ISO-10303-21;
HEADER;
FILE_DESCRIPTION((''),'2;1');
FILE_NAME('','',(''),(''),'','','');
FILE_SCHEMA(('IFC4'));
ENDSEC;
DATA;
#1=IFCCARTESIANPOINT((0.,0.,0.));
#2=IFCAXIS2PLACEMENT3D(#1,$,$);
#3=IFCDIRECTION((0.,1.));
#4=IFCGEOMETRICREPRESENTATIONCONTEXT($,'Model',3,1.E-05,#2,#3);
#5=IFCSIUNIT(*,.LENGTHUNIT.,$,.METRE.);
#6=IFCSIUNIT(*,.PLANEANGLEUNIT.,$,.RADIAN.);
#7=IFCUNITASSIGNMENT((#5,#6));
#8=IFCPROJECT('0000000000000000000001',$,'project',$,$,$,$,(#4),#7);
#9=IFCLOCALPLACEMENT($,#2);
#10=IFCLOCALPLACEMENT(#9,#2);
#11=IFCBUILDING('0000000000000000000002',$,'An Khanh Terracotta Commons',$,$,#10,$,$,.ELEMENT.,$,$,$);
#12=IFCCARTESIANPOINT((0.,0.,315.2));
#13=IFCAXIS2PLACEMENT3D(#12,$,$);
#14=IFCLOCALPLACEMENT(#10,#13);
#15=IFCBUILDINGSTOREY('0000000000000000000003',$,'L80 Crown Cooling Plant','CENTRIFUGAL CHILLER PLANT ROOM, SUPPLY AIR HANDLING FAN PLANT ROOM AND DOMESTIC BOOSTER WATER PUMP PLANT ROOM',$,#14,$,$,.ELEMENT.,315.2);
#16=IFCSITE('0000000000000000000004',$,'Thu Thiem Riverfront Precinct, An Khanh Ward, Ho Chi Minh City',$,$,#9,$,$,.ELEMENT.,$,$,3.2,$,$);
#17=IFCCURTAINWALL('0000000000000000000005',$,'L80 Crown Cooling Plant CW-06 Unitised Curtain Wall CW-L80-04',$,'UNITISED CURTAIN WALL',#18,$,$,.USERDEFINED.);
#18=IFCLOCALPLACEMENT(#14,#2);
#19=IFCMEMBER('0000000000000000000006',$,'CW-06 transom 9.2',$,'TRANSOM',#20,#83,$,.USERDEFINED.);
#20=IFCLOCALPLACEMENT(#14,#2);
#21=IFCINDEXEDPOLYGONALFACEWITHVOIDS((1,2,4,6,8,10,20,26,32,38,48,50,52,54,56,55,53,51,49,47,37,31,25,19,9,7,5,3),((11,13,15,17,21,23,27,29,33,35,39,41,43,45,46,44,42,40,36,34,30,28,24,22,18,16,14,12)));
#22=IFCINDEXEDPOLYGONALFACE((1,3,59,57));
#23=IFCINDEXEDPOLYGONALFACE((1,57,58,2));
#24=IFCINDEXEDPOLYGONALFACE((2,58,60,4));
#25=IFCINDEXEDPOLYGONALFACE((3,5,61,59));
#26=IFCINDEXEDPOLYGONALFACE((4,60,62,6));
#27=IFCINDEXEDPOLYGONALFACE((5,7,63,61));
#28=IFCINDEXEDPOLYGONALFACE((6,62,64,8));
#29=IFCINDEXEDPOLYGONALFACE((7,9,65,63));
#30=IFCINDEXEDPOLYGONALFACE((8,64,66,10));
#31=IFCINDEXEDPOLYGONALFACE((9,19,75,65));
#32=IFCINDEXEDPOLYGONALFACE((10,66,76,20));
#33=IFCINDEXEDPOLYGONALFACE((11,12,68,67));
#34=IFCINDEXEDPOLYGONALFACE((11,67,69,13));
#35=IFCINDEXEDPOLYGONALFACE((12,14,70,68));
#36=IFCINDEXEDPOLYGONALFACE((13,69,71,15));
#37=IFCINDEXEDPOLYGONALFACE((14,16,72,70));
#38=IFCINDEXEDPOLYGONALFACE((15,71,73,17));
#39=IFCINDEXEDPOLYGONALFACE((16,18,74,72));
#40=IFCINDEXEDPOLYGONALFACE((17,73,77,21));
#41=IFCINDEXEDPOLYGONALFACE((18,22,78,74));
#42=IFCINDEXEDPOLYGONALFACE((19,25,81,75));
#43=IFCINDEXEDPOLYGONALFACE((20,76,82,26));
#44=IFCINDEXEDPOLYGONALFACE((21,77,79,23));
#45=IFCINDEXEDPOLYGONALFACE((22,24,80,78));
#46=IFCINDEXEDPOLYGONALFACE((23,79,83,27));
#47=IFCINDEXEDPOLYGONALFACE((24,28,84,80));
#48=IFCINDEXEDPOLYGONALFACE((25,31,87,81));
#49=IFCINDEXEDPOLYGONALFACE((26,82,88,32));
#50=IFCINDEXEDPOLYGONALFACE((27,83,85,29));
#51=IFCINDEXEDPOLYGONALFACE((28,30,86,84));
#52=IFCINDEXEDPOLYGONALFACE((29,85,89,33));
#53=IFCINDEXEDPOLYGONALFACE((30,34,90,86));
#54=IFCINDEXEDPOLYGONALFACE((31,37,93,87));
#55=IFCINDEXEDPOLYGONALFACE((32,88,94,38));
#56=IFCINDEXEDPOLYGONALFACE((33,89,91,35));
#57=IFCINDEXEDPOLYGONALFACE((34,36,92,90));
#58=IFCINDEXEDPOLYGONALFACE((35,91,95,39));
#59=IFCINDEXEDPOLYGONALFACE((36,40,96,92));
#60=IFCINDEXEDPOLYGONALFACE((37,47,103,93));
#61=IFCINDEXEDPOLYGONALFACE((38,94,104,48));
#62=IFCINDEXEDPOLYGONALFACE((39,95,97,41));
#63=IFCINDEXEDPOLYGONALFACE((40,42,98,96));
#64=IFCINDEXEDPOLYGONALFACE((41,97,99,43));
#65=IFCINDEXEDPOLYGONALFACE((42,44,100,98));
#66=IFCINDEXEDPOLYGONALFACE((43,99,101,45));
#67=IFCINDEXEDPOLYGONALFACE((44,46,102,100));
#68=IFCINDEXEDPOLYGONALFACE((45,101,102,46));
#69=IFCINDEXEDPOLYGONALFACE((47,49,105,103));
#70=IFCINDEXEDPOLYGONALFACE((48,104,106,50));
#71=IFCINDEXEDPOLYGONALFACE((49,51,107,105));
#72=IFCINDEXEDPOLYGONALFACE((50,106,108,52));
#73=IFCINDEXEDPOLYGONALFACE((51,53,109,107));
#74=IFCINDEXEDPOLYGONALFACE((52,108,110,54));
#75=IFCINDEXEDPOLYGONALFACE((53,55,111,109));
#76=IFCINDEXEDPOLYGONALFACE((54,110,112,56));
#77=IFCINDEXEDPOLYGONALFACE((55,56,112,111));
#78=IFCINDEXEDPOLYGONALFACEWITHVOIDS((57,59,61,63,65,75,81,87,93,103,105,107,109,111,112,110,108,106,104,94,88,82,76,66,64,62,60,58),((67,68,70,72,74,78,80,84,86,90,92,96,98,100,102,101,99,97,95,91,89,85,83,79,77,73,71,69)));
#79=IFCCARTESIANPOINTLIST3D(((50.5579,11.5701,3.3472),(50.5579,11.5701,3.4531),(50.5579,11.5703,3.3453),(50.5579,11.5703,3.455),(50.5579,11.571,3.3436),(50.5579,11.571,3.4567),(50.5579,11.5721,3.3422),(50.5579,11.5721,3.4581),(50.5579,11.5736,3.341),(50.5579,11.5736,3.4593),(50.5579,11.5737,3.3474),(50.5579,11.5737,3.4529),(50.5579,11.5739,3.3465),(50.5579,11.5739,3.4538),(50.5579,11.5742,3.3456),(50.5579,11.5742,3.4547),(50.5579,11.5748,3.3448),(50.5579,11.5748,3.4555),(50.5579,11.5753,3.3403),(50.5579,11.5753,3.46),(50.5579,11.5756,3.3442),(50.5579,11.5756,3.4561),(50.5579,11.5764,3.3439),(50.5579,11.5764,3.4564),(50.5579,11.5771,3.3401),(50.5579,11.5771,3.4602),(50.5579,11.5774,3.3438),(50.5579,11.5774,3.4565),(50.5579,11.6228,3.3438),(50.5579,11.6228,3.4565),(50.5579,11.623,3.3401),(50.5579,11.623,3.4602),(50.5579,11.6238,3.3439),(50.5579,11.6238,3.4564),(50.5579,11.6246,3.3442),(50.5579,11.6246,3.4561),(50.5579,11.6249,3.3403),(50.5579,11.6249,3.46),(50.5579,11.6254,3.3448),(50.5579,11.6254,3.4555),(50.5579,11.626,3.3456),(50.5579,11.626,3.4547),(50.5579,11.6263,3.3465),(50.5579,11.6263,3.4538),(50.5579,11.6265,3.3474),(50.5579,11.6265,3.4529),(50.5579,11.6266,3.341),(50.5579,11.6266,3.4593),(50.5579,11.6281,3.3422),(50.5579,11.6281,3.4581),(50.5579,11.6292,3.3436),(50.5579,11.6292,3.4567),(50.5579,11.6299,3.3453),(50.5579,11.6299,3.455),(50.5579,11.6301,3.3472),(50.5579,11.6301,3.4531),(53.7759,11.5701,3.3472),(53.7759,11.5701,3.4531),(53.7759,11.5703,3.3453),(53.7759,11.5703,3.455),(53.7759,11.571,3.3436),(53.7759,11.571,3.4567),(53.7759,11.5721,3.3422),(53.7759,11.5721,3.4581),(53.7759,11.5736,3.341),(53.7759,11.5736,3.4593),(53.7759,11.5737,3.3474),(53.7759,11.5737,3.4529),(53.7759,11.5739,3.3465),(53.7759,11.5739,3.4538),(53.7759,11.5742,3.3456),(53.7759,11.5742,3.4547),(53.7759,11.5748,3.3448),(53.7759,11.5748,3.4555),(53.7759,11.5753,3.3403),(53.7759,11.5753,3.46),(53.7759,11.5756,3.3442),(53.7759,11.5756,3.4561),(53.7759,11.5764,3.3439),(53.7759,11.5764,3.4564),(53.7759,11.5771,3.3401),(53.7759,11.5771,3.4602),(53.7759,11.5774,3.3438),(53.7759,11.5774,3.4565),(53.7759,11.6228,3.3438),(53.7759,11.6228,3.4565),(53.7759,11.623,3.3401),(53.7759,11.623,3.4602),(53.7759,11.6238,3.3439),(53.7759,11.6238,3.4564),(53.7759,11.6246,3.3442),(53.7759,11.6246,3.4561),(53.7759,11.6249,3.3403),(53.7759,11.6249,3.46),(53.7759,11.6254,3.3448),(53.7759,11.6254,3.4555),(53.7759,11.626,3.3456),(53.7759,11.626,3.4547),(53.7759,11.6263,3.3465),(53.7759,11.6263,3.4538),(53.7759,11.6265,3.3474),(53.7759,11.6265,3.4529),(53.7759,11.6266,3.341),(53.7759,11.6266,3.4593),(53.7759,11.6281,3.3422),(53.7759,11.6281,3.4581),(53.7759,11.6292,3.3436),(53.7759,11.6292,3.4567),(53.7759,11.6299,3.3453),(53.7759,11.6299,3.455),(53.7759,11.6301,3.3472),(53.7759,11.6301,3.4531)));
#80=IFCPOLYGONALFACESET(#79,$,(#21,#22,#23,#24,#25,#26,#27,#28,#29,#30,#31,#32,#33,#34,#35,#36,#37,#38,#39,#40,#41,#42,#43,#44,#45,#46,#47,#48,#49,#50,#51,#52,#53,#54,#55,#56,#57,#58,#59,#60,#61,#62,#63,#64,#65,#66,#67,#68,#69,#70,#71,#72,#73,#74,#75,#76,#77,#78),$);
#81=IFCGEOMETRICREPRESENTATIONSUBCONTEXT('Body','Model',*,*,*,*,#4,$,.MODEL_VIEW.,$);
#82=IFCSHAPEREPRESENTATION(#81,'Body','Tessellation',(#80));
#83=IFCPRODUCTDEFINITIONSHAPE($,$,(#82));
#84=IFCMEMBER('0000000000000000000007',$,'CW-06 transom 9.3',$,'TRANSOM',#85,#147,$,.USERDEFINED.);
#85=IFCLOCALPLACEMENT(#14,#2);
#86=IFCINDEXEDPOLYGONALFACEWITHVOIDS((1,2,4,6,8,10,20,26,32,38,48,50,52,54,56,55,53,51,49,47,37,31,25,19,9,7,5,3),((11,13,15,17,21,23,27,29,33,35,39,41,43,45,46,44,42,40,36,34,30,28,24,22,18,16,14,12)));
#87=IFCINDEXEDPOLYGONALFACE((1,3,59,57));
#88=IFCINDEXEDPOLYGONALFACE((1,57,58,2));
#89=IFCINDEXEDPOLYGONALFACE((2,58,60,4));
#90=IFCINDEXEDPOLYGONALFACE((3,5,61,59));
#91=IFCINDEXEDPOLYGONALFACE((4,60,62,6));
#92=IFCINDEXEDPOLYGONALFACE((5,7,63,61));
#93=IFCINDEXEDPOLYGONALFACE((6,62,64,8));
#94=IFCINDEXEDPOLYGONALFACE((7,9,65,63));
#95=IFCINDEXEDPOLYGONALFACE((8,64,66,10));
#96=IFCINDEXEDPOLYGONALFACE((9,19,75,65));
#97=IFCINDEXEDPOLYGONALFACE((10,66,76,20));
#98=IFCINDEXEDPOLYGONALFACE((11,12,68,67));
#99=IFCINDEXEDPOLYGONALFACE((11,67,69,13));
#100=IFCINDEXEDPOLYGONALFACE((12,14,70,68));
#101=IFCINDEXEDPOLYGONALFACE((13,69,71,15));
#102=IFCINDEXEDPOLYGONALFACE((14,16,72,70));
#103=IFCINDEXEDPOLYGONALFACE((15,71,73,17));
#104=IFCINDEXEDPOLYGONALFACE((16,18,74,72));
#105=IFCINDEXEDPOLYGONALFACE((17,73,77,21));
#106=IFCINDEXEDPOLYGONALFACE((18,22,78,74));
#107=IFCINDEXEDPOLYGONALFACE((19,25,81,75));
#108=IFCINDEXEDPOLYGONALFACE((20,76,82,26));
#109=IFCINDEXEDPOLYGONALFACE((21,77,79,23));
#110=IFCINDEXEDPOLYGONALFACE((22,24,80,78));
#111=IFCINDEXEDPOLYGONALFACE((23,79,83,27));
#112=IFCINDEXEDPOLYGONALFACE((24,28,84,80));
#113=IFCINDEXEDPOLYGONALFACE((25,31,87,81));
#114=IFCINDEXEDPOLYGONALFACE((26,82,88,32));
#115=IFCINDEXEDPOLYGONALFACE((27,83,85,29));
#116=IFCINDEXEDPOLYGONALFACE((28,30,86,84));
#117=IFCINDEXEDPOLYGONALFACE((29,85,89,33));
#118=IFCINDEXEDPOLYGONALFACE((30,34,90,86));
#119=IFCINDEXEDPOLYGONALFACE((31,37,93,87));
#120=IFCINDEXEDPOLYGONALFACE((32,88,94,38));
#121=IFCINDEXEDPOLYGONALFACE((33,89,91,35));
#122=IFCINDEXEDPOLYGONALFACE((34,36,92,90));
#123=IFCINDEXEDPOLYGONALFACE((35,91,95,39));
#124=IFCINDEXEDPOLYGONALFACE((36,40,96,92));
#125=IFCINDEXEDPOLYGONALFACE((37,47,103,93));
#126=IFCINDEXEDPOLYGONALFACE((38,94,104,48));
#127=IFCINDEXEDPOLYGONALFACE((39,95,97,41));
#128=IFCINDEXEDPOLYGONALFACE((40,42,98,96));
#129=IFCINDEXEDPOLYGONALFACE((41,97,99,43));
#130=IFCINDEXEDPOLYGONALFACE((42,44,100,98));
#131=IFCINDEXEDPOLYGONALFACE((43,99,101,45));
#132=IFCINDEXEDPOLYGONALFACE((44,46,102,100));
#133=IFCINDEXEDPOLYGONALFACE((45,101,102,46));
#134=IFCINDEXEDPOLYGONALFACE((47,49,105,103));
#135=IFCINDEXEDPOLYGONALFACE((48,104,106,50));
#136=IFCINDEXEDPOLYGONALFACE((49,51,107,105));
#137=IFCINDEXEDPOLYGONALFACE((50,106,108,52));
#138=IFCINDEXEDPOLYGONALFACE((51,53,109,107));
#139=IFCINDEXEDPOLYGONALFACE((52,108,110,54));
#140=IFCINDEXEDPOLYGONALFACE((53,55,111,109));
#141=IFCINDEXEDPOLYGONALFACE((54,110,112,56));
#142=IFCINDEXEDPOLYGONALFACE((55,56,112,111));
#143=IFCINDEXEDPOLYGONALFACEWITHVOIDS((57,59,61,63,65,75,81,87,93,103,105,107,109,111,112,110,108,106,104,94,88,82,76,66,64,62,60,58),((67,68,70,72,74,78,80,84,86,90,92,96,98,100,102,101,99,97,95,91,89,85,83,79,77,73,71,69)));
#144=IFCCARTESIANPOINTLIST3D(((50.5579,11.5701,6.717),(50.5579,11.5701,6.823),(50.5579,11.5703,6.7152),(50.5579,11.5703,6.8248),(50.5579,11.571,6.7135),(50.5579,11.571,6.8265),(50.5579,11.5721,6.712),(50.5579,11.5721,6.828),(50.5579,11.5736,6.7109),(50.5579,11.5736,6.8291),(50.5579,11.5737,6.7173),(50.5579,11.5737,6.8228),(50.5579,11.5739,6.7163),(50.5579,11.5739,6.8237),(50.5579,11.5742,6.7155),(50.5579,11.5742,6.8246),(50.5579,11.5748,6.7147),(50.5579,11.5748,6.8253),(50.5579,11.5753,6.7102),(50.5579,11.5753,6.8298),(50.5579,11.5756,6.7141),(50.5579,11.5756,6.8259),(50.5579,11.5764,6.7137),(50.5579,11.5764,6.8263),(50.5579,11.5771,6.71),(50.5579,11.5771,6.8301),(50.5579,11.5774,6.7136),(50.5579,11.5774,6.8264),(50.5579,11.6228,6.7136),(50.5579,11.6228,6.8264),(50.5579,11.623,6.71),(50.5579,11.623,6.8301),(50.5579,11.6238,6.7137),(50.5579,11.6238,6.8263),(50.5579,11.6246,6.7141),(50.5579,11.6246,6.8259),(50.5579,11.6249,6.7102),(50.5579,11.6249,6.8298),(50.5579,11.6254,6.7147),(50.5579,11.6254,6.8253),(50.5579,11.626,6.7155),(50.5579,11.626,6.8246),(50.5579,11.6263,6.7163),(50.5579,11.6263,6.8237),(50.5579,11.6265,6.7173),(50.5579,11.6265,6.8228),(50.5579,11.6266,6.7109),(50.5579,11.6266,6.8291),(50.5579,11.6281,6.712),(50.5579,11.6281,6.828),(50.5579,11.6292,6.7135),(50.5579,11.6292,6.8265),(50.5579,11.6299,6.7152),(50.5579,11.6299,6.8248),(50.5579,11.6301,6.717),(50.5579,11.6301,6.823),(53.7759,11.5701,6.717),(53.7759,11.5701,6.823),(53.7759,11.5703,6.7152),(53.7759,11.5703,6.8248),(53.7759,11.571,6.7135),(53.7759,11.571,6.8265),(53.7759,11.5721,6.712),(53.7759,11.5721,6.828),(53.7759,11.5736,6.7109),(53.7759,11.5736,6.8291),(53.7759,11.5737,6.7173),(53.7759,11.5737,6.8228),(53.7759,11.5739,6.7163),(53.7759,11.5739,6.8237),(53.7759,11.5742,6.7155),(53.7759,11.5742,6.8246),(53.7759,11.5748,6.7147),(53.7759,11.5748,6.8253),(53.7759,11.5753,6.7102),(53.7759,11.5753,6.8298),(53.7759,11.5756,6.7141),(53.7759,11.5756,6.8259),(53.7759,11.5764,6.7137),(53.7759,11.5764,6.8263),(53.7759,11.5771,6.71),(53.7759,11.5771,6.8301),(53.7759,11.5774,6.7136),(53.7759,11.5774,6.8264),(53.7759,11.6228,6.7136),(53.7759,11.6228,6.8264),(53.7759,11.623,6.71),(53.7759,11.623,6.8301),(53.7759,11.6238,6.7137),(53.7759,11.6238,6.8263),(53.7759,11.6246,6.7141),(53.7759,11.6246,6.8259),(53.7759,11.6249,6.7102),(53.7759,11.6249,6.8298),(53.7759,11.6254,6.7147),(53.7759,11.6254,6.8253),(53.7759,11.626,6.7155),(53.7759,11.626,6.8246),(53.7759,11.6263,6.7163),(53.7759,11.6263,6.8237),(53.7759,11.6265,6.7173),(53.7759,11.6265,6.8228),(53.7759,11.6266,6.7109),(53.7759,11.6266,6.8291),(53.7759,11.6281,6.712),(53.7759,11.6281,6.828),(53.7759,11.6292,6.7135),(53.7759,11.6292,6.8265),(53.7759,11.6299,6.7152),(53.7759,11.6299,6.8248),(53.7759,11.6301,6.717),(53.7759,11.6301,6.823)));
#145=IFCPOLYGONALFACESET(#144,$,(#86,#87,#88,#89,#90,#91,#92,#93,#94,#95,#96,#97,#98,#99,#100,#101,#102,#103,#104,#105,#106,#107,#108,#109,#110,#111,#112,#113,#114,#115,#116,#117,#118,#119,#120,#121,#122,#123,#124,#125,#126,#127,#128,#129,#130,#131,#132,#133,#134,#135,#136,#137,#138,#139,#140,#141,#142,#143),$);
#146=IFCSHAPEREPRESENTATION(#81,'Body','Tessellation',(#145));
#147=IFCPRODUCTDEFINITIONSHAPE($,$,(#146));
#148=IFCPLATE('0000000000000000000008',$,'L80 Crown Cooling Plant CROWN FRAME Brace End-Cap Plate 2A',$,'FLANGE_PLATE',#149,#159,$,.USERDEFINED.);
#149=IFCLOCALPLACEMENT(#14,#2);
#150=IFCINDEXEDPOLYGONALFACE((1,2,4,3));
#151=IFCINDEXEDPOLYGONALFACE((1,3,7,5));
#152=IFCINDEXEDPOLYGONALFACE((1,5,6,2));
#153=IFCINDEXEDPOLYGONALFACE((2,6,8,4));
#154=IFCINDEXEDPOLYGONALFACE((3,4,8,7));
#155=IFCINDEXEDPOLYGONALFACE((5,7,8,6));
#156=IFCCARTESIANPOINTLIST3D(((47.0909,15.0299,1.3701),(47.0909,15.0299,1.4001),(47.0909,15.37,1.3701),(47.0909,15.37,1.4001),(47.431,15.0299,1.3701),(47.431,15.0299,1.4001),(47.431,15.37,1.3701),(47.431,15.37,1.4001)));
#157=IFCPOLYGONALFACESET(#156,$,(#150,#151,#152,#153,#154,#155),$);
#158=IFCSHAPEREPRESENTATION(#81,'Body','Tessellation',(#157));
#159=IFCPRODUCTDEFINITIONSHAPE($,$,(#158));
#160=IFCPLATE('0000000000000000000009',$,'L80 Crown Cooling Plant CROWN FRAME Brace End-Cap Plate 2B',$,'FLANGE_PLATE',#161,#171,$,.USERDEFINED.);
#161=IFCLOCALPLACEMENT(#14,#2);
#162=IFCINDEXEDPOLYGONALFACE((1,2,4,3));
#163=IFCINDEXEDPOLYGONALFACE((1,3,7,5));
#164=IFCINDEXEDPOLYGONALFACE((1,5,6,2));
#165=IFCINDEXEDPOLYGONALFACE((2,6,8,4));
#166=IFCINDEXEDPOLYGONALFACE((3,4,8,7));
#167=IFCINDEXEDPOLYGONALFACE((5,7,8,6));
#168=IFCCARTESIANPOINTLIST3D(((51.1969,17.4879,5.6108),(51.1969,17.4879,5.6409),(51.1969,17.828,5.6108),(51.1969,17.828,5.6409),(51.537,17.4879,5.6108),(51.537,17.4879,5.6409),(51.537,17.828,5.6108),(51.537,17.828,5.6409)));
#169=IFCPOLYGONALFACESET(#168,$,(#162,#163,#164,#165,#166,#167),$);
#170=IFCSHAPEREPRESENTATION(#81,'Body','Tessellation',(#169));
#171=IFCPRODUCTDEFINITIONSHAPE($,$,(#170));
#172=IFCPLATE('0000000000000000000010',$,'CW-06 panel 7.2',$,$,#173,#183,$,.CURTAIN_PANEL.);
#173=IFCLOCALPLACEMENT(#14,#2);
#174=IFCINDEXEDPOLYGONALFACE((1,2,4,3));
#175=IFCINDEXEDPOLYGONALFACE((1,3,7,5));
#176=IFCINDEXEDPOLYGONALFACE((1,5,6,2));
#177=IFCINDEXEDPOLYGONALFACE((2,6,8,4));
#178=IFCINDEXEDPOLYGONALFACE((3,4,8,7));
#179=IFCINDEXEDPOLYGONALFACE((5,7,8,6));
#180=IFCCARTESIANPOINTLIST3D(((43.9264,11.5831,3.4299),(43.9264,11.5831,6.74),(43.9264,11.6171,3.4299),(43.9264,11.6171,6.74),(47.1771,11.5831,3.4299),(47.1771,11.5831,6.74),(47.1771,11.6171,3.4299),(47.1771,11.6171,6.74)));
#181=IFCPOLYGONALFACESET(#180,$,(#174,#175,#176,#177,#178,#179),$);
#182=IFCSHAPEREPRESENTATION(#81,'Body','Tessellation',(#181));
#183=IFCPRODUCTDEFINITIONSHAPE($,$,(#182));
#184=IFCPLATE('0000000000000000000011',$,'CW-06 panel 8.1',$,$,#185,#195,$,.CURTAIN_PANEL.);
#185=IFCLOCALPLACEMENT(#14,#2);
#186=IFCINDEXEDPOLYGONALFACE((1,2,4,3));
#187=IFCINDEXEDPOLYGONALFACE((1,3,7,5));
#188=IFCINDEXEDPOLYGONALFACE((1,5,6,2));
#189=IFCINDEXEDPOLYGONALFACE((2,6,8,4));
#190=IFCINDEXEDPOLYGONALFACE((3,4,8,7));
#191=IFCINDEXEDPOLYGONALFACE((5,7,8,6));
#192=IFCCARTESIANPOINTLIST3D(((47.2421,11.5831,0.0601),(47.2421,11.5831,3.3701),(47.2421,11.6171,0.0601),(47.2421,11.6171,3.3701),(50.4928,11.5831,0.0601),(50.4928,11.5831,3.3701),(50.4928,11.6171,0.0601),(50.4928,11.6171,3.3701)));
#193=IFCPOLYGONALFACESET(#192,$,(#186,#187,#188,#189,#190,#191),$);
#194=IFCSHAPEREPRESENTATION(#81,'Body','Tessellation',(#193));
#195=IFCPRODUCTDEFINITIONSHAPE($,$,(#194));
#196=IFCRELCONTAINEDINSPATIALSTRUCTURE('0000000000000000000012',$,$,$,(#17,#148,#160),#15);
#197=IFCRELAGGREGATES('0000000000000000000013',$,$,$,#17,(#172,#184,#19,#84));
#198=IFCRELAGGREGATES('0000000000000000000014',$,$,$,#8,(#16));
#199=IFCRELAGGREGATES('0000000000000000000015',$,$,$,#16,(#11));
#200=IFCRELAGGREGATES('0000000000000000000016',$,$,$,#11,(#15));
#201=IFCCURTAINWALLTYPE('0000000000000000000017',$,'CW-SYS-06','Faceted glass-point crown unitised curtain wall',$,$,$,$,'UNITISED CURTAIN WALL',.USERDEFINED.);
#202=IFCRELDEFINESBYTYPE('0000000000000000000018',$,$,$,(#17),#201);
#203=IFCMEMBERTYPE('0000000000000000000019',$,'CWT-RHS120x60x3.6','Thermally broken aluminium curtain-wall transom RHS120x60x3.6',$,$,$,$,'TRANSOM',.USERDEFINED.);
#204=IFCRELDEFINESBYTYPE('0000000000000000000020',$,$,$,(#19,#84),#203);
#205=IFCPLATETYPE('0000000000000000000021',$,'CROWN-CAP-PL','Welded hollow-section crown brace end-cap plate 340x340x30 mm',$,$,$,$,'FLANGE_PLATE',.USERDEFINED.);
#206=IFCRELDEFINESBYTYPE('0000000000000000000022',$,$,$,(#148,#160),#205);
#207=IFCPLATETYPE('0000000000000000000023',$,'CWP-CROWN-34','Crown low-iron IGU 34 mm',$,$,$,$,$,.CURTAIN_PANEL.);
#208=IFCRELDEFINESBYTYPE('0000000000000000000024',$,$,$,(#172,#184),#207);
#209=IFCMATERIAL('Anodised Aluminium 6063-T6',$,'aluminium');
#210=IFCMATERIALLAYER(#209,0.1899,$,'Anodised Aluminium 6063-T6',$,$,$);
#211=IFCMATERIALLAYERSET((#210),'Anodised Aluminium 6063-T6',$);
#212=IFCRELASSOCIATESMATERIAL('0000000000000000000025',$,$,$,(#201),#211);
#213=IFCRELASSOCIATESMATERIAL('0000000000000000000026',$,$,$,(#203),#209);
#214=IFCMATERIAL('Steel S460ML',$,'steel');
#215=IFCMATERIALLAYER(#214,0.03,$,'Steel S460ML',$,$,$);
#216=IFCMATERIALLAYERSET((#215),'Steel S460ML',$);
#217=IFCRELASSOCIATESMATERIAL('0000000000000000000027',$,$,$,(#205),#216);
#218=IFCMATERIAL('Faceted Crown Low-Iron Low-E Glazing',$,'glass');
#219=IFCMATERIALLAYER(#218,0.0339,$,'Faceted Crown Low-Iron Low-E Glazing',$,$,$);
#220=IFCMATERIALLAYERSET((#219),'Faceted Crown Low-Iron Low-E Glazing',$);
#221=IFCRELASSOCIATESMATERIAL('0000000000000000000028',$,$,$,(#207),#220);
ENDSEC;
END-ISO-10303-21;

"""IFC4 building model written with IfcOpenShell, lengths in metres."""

from ifc_helpers import new_model, si_unit, direction, frame, origin, origin_2d, place, context, subcontext, project, spatial, rectangle, hollow_rectangle, extrude, material, layer, layer_set, material_profile, profile_set, type_object, element, aggregate, save


model = new_model("IFC4")

# Units and contexts
model_context = context("Model", 3, precision=1e-05, world=origin(), true_north=direction((0.0, 1.0)))
body_context = subcontext(model_context, "Body", "Model", "MODEL_VIEW")
ifc_project = project(units=[si_unit("LENGTHUNIT", "METRE"), si_unit("PLANEANGLEUNIT", "RADIAN")], contexts=[model_context])

# Site, building, storey
site_placement = place(None, origin())
site = spatial("IfcSite", under=ifc_project, at=site_placement, Name="Thu Thiem Riverfront Precinct, An Khanh Ward, Ho Chi Minh City", CompositionType="ELEMENT", RefElevation=3.2)
building_placement = place(site_placement, origin())
building = spatial("IfcBuilding", under=site, at=building_placement, Name="An Khanh Terracotta Commons", CompositionType="ELEMENT")
storey_placement = place(building_placement, frame((0.0, 0.0, 315.2)))
storey = spatial("IfcBuildingStorey", under=building, at=storey_placement, Name="L80 Crown Cooling Plant", Description="CENTRIFUGAL CHILLER PLANT ROOM, SUPPLY AIR HANDLING FAN PLANT ROOM AND DOMESTIC BOOSTER WATER PUMP PLANT ROOM", CompositionType="ELEMENT", Elevation=315.2)

# Shared definitions
ifc_material_1 = material(Name="Steel S460ML", Category="steel")

# Curtain wall, members
ifc_material_2 = material(Name="Anodised Aluminium 6063-T6", Category="aluminium")
ifc_layer_1 = layer(ifc_material_2, 0.1899, Name="Anodised Aluminium 6063-T6")
ifc_layer_set_1 = layer_set([ifc_layer_1], Name="Anodised Aluminium 6063-T6")
curtain_wall_type = type_object("IfcCurtainWallType", Name="CW-SYS-06", Description="Faceted glass-point crown unitised curtain wall", ElementType="UNITISED CURTAIN WALL", PredefinedType="USERDEFINED", material=ifc_layer_set_1)
curtain_wall_placement = place(storey_placement, origin())
curtain_wall = element("IfcCurtainWall", 1, at=curtain_wall_placement, inside=storey, type_object=curtain_wall_type, Name="L80 Crown Cooling Plant CW-06 Unitised Curtain Wall CW-L80-04", ObjectType="UNITISED CURTAIN WALL", PredefinedType="USERDEFINED")
ifc_material_profile_1 = material_profile(ifc_material_2, hollow_rectangle(XDim=0.0601, YDim=0.1201, WallThickness=0.0037, InnerFilletRadius=0.0037, OuterFilletRadius=0.0071, at=origin_2d()), Name="RHS120x60x3.6")
ifc_profile_set_1 = profile_set([ifc_material_profile_1], Name="Anodised Aluminium 6063-T6")
member_type_1 = type_object("IfcMemberType", Name="CWT-RHS120x60x3.6", Description="Thermally broken aluminium curtain-wall transom RHS120x60x3.6", ElementType="TRANSOM", PredefinedType="USERDEFINED", material=ifc_profile_set_1)
member_1_placement = place(storey_placement, frame((50.5579, 11.6001, 3.4001), z_axis=(1.0, 0.0, 0.0), x_axis=(0.0, 1.0, 0.0)))
member_1 = element("IfcMember", 2, at=member_1_placement, type_object=member_type_1, Name="CW-06 transom 9.2", ObjectType="TRANSOM", PredefinedType="USERDEFINED", context=body_context, shape_type="SweptSolid", body=[
    extrude(hollow_rectangle(XDim=0.0601, YDim=0.1201, WallThickness=0.0037, InnerFilletRadius=0.0037, OuterFilletRadius=0.0071, at=origin_2d()), origin(), (0.0, 0.0, 1.0), 3.218),
])
member_2_placement = place(storey_placement, frame((50.5579, 11.6001, 6.77), z_axis=(1.0, 0.0, 0.0), x_axis=(0.0, 1.0, 0.0)))
member_2 = element("IfcMember", 3, at=member_2_placement, type_object=member_type_1, Name="CW-06 transom 9.3", ObjectType="TRANSOM", PredefinedType="USERDEFINED", context=body_context, shape_type="SweptSolid", body=[
    extrude(hollow_rectangle(XDim=0.0601, YDim=0.1201, WallThickness=0.0037, InnerFilletRadius=0.0037, OuterFilletRadius=0.0071, at=origin_2d()), origin(), (0.0, 0.0, 1.0), 3.218),
])

# Plates
ifc_layer_2 = layer(ifc_material_1, 0.03, Name="Steel S460ML")
ifc_layer_set_2 = layer_set([ifc_layer_2], Name="Steel S460ML")
plate_type_1 = type_object("IfcPlateType", Name="CROWN-CAP-PL", Description="Welded hollow-section crown brace end-cap plate 340x340x30 mm", ElementType="FLANGE_PLATE", PredefinedType="USERDEFINED", material=ifc_layer_set_2)
for number, where, z_axis, x_axis, name in (
    (4, (47.261, 15.2, 1.3701), (0.0, 0.0, 1.0), (1.0, 0.0, 0.0), "L80 Crown Cooling Plant CROWN FRAME Brace End-Cap Plate 2A"),
    (5, (51.3669, 17.658, 5.6108), (0.0, 0.0, 1.0), (1.0, 0.0, 0.0), "L80 Crown Cooling Plant CROWN FRAME Brace End-Cap Plate 2B"),
):
    element("IfcPlate", number, at=place(storey_placement, frame(where, z_axis=z_axis, x_axis=x_axis)), inside=storey, type_object=plate_type_1, Name=name, ObjectType="FLANGE_PLATE", PredefinedType="USERDEFINED", context=body_context, shape_type="SweptSolid", body=[
        extrude(rectangle(XDim=0.3401, YDim=0.3401, at=origin_2d()), origin(), (0.0, 0.0, 1.0), 0.03),
    ])

# Plates
ifc_material_3 = material(Name="Faceted Crown Low-Iron Low-E Glazing", Category="glass")
ifc_layer_3 = layer(ifc_material_3, 0.0339, Name="Faceted Crown Low-Iron Low-E Glazing")
ifc_layer_set_3 = layer_set([ifc_layer_3], Name="Faceted Crown Low-Iron Low-E Glazing")
plate_type_2 = type_object("IfcPlateType", Name="CWP-CROWN-34", Description="Crown low-iron IGU 34 mm", PredefinedType="CURTAIN_PANEL", material=ifc_layer_set_3)
plate_1_placement = place(storey_placement, frame((45.5518, 11.6001, 3.4299), z_axis=(0.0, 0.0, 1.0), x_axis=(1.0, 0.0, 0.0)))
plate_1 = element("IfcPlate", 6, at=plate_1_placement, type_object=plate_type_2, Name="CW-06 panel 7.2", PredefinedType="CURTAIN_PANEL", context=body_context, shape_type="SweptSolid", body=[
    extrude(rectangle(XDim=3.2507, YDim=0.0339, at=origin_2d()), origin(), (0.0, 0.0, 1.0), 3.3101),
])
plate_2_placement = place(storey_placement, frame((48.8674, 11.6001, 0.0601), z_axis=(0.0, 0.0, 1.0), x_axis=(1.0, 0.0, 0.0)))
plate_2 = element("IfcPlate", 7, at=plate_2_placement, type_object=plate_type_2, Name="CW-06 panel 8.1", PredefinedType="CURTAIN_PANEL", context=body_context, shape_type="SweptSolid", body=[
    extrude(rectangle(XDim=3.2507, YDim=0.0339, at=origin_2d()), origin(), (0.0, 0.0, 1.0), 3.3101),
])
aggregate(curtain_wall, [plate_1, plate_2, member_1, member_2])

save(model, "model.ifc")
